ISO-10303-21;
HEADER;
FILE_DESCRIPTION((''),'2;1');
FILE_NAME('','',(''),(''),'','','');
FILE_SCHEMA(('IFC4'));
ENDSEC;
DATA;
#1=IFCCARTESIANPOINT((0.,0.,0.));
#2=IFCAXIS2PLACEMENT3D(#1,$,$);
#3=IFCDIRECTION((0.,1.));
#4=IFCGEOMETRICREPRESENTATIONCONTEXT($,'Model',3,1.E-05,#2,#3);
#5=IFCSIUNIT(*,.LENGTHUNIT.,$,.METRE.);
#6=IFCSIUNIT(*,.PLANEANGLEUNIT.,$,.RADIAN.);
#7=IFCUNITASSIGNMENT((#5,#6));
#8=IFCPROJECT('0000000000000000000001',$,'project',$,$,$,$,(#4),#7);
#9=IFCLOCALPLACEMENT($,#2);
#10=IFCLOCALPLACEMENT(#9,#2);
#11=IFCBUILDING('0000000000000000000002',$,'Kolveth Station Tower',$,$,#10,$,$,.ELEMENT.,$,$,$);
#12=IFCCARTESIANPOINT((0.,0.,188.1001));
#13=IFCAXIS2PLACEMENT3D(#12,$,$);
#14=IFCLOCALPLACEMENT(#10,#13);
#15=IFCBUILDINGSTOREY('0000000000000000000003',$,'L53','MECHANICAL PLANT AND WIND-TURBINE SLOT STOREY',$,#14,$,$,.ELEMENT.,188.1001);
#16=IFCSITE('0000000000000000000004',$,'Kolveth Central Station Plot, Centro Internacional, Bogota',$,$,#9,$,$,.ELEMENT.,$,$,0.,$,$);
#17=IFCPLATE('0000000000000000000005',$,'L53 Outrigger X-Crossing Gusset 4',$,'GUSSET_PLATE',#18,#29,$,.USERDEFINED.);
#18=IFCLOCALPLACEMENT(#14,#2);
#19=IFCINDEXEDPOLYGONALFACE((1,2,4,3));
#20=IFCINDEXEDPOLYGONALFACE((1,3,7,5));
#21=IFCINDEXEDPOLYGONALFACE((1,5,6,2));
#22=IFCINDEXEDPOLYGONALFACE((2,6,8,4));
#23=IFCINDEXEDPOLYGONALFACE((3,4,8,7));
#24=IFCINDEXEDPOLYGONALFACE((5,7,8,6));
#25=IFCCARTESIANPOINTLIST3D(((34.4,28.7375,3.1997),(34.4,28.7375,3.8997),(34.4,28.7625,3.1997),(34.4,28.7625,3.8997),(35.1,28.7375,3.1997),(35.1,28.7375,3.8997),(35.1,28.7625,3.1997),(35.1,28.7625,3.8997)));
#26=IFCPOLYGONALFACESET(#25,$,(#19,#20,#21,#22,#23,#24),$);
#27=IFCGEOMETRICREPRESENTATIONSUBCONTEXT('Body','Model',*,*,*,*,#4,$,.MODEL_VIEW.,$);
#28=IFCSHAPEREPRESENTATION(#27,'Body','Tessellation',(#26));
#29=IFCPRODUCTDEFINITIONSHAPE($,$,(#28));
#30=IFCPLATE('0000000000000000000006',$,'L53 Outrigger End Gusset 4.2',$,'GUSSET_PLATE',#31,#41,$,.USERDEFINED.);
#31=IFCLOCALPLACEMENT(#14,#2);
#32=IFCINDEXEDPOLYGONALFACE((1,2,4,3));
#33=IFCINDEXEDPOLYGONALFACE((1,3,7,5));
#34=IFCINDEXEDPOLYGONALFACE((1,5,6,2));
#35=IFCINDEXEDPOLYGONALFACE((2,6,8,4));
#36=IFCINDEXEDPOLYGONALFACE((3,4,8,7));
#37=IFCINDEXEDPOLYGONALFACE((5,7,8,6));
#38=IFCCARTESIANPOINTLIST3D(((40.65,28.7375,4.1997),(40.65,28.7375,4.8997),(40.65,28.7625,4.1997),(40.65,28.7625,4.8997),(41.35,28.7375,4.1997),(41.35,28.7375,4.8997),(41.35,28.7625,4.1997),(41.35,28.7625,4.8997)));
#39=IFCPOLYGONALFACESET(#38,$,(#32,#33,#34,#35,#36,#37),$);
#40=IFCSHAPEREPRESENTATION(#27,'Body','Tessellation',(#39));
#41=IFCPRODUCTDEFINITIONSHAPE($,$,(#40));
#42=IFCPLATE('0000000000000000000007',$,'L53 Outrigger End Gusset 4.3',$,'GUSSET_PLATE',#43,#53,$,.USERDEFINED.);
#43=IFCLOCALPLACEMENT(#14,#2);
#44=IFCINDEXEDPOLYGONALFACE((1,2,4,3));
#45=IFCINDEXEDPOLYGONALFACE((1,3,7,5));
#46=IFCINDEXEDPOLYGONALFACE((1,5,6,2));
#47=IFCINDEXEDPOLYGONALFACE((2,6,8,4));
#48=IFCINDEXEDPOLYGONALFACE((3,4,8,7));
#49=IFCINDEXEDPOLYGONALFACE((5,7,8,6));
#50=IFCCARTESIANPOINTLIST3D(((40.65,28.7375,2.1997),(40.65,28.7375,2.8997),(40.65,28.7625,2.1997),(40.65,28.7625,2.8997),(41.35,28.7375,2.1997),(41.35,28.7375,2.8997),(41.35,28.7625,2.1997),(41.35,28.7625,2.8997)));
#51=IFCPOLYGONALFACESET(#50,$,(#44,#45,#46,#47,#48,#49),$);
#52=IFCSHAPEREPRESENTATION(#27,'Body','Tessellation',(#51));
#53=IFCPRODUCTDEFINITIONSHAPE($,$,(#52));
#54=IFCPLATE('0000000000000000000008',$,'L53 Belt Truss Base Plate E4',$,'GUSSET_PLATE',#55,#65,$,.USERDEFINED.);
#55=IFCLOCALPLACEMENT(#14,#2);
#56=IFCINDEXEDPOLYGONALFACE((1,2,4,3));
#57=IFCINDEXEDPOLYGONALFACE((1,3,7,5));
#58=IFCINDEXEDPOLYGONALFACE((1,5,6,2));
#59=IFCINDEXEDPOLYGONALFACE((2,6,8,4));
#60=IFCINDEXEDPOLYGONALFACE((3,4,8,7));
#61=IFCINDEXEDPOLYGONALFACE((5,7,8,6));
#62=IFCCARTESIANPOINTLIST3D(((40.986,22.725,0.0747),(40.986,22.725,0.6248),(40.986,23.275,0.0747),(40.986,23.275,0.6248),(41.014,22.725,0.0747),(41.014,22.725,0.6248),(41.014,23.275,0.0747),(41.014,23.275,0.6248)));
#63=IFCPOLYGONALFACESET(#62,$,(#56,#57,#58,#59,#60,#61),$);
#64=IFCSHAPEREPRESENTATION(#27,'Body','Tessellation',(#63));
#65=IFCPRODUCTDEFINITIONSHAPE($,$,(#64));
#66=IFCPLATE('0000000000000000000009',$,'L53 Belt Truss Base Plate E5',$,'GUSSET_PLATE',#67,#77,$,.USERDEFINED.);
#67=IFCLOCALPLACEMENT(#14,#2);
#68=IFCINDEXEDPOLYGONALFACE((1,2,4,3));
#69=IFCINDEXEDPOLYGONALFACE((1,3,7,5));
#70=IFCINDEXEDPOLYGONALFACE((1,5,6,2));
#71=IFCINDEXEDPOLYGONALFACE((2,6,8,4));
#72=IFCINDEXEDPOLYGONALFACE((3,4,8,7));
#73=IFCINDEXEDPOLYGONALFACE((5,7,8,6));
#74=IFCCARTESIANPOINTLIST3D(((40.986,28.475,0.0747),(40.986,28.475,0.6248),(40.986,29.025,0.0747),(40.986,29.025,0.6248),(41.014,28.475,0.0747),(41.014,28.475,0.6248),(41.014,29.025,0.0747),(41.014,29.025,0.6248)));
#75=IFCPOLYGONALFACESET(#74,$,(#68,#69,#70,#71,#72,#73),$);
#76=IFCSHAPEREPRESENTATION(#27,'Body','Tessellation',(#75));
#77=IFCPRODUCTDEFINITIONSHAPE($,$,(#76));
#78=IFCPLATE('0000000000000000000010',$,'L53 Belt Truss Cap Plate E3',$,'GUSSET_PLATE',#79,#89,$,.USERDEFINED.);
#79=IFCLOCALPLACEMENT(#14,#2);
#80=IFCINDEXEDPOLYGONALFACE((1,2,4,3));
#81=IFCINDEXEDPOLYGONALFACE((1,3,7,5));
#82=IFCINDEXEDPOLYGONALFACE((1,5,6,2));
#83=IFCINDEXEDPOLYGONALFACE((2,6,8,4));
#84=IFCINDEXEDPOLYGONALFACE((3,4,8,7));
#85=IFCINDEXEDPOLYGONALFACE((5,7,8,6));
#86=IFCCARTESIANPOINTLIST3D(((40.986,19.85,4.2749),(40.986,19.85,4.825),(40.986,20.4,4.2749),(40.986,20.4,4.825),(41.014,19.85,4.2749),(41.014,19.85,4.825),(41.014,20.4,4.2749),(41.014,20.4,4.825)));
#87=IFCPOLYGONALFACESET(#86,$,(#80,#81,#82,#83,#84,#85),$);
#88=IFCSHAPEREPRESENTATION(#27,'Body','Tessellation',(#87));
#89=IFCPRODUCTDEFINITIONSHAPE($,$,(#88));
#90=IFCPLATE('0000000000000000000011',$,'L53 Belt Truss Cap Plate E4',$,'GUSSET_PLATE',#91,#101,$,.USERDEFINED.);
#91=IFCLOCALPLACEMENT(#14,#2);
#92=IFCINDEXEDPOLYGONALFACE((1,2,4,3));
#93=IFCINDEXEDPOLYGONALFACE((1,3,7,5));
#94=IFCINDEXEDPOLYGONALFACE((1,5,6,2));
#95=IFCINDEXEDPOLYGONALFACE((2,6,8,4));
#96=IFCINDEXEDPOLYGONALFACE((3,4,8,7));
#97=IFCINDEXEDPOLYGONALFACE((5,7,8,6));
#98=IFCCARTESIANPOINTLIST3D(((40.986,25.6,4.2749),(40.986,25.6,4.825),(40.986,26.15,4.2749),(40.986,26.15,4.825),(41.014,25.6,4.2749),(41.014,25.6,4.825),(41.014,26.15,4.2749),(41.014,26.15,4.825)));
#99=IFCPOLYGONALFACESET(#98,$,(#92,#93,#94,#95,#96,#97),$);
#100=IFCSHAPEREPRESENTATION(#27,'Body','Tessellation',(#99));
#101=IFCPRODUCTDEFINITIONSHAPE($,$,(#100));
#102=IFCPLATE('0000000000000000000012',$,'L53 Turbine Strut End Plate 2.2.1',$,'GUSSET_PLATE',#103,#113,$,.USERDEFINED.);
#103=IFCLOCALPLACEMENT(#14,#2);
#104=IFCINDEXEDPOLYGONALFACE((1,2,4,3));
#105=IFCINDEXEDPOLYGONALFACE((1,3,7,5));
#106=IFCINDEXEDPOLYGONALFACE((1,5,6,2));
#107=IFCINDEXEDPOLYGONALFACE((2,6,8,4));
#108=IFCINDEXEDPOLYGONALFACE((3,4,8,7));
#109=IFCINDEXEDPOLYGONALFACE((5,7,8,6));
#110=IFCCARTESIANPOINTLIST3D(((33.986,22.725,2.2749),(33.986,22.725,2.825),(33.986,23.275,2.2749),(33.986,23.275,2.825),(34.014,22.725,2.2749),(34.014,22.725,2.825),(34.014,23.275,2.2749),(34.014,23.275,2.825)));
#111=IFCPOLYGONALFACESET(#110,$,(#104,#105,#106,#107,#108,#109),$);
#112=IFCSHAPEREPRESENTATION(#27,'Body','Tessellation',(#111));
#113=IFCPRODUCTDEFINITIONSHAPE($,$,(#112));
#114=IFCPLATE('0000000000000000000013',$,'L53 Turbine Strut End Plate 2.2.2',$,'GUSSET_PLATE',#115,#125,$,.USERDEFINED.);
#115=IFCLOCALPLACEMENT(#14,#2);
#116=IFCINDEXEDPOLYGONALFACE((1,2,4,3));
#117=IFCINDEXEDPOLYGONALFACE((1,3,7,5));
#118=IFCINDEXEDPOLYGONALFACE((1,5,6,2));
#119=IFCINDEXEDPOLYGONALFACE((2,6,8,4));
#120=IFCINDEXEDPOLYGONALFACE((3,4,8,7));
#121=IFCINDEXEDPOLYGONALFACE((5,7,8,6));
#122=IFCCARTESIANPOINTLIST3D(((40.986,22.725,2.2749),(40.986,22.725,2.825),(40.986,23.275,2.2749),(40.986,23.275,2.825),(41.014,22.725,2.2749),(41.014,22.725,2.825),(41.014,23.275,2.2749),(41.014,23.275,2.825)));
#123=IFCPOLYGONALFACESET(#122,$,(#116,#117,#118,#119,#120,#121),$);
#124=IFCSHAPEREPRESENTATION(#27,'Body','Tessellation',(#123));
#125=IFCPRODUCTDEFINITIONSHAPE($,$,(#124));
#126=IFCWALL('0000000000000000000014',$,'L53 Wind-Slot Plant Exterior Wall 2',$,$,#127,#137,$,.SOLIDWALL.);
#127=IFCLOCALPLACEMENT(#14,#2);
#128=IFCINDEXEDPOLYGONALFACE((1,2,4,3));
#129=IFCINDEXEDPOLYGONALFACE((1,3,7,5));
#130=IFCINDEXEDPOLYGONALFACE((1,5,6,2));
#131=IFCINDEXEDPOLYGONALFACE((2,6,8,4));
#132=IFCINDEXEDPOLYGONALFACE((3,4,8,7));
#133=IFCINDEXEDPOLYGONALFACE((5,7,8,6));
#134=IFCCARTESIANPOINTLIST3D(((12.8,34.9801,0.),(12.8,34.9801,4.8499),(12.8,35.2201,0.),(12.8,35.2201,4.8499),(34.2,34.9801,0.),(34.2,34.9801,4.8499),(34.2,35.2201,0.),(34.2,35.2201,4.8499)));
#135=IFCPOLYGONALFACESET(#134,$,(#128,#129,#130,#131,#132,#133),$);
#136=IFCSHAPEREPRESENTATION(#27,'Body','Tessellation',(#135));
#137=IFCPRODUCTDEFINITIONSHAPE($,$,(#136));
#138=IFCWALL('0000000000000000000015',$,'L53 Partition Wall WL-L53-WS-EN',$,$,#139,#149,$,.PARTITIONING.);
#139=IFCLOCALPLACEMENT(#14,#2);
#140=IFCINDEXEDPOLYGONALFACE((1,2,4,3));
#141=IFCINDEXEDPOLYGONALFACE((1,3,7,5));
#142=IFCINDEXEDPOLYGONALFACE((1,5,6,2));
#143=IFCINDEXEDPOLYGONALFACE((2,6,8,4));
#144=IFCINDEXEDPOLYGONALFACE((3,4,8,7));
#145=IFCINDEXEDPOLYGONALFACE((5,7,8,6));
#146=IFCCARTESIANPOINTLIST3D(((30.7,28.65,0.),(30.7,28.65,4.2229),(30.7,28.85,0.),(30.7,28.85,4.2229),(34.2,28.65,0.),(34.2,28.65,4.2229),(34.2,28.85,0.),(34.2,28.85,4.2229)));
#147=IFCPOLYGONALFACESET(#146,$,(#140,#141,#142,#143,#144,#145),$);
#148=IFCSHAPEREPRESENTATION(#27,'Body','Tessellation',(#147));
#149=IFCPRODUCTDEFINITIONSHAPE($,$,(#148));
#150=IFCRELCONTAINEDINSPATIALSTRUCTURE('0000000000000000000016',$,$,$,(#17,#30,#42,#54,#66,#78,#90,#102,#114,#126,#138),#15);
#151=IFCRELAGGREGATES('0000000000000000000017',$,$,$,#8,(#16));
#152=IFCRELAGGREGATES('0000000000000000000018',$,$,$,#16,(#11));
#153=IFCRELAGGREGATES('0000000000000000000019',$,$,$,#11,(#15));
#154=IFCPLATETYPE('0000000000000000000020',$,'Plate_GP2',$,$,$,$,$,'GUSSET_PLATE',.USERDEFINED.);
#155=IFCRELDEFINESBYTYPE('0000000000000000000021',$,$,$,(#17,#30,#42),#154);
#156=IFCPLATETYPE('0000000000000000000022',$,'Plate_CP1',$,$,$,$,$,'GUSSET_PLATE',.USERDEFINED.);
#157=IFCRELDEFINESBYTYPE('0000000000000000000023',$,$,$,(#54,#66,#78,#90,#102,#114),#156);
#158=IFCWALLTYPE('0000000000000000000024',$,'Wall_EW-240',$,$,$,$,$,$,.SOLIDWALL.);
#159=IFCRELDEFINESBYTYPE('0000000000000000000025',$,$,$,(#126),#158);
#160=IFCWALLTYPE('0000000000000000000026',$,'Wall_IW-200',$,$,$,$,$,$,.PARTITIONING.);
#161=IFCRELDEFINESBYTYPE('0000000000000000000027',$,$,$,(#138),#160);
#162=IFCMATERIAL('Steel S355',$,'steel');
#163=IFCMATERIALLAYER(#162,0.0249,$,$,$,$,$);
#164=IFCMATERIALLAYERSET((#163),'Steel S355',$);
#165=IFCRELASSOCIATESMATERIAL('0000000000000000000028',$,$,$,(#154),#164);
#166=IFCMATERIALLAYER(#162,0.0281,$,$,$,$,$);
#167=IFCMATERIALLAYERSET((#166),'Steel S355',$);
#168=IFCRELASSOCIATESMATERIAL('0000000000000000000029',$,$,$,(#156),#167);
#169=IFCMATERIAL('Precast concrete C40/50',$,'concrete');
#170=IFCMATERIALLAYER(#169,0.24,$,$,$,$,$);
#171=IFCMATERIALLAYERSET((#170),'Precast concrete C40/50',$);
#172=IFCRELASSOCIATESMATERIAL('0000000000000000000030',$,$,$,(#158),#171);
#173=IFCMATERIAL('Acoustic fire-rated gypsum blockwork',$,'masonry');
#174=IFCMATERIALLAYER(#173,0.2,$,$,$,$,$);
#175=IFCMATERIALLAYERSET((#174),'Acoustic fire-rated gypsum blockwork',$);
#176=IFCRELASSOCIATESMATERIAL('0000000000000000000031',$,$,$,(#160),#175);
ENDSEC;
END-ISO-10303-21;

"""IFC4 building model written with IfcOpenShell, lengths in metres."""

from ifc_helpers import new_model, si_unit, direction, frame, frame_2d, origin, origin_2d, place, context, subcontext, project, spatial, rectangle, extrude, source, transform, mapped, material, layer, layer_set, type_object, element, save


model = new_model("IFC4")

# Units and contexts
model_context = context("Model", 3, precision=1e-05, world=origin(), true_north=direction((0.0, 1.0)))
body_context = subcontext(model_context, "Body", "Model", "MODEL_VIEW")
ifc_project = project(units=[si_unit("LENGTHUNIT", "METRE"), si_unit("PLANEANGLEUNIT", "RADIAN")], contexts=[model_context])

# Site, building, storey
site_placement = place(None, origin())
site = spatial("IfcSite", under=ifc_project, at=site_placement, Name="Kolveth Central Station Plot, Centro Internacional, Bogota", CompositionType="ELEMENT", RefElevation=0.0)
building_placement = place(site_placement, origin())
building = spatial("IfcBuilding", under=site, at=building_placement, Name="Kolveth Station Tower", CompositionType="ELEMENT")
storey_placement = place(building_placement, frame((0.0, 0.0, 188.1001)))
storey = spatial("IfcBuildingStorey", under=building, at=storey_placement, Name="L53", Description="MECHANICAL PLANT AND WIND-TURBINE SLOT STOREY", CompositionType="ELEMENT", Elevation=188.1001)

# Shared definitions
ifc_material_1 = material(Name="Steel S355", Category="steel")

# Plates
ifc_layer_1 = layer(ifc_material_1, 0.0249)
ifc_layer_set_1 = layer_set([ifc_layer_1], Name="Steel S355")
plate_type_1 = type_object("IfcPlateType", Name="Plate_GP2", ElementType="GUSSET_PLATE", PredefinedType="USERDEFINED", material=ifc_layer_set_1)
shared_shape_1 = source(origin(), body_context, "Body", "SweptSolid", [
    extrude(rectangle(XDim=0.7, YDim=0.0249, at=origin_2d()), origin(), (0.0, 0.0, 1.0), 0.7),
])
for number, where, z_axis, x_axis, name in (
    (1, (34.75, 28.75, 3.1997), (0.0, 0.0, 1.0), (1.0, 0.0, 0.0), "L53 Outrigger X-Crossing Gusset 4"),
    (2, (41.0, 28.75, 4.1997), (0.0, 0.0, 1.0), (1.0, 0.0, 0.0), "L53 Outrigger End Gusset 4.2"),
    (3, (41.0, 28.75, 2.1997), (0.0, 0.0, 1.0), (1.0, 0.0, 0.0), "L53 Outrigger End Gusset 4.3"),
):
    element("IfcPlate", number, at=place(storey_placement, frame(where, z_axis=z_axis, x_axis=x_axis)), inside=storey, type_object=plate_type_1, Name=name, ObjectType="GUSSET_PLATE", PredefinedType="USERDEFINED", context=body_context, shape_type="MappedRepresentation", body=[
        mapped(shared_shape_1, transform((0.0, 0.0, 0.0), x_axis=(1.0, 0.0, 0.0), y_axis=(0.0, 1.0, 0.0), z_axis=(0.0, 0.0, 1.0), scale=1.0)),
    ])
ifc_layer_2 = layer(ifc_material_1, 0.0281)
ifc_layer_set_2 = layer_set([ifc_layer_2], Name="Steel S355")
plate_type_2 = type_object("IfcPlateType", Name="Plate_CP1", ElementType="GUSSET_PLATE", PredefinedType="USERDEFINED", material=ifc_layer_set_2)
shared_shape_2 = source(origin(), body_context, "Body", "SweptSolid", [
    extrude(rectangle(XDim=0.0281, YDim=0.55, at=origin_2d()), origin(), (0.0, 0.0, 1.0), 0.55),
])
for number, where, z_axis, x_axis, name in (
    (4, (41.0, 23.0, 0.0747), (0.0, 0.0, 1.0), (1.0, 0.0, 0.0), "L53 Belt Truss Base Plate E4"),
    (5, (41.0, 28.75, 0.0747), (0.0, 0.0, 1.0), (1.0, 0.0, 0.0), "L53 Belt Truss Base Plate E5"),
    (6, (41.0, 20.125, 4.2749), (0.0, 0.0, 1.0), (1.0, 0.0, 0.0), "L53 Belt Truss Cap Plate E3"),
    (7, (41.0, 25.875, 4.2749), (0.0, 0.0, 1.0), (1.0, 0.0, 0.0), "L53 Belt Truss Cap Plate E4"),
    (8, (34.0, 23.0, 2.2749), (0.0, 0.0, 1.0), (1.0, 0.0, 0.0), "L53 Turbine Strut End Plate 2.2.1"),
    (9, (41.0, 23.0, 2.2749), (0.0, 0.0, 1.0), (1.0, 0.0, 0.0), "L53 Turbine Strut End Plate 2.2.2"),
):
    element("IfcPlate", number, at=place(storey_placement, frame(where, z_axis=z_axis, x_axis=x_axis)), inside=storey, type_object=plate_type_2, Name=name, ObjectType="GUSSET_PLATE", PredefinedType="USERDEFINED", context=body_context, shape_type="MappedRepresentation", body=[
        mapped(shared_shape_2, transform((0.0, 0.0, 0.0), x_axis=(1.0, 0.0, 0.0), y_axis=(0.0, 1.0, 0.0), z_axis=(0.0, 0.0, 1.0), scale=1.0)),
    ])

# Walls
ifc_material_2 = material(Name="Precast concrete C40/50", Category="concrete")
ifc_layer_3 = layer(ifc_material_2, 0.24)
ifc_layer_set_3 = layer_set([ifc_layer_3], Name="Precast concrete C40/50")
wall_type_1 = type_object("IfcWallType", Name="Wall_EW-240", PredefinedType="SOLIDWALL", material=ifc_layer_set_3)
wall_1_placement = place(storey_placement, frame((34.2, 35.1001, 0.0), z_axis=(0.0, 0.0, 1.0), x_axis=(-1.0, 0.0, 0.0)))
element("IfcWall", 10, at=wall_1_placement, inside=storey, type_object=wall_type_1, Name="L53 Wind-Slot Plant Exterior Wall 2", PredefinedType="SOLIDWALL", context=body_context, shape_type="SweptSolid", body=[
    extrude(rectangle(XDim=21.3999, YDim=0.24, at=frame_2d((10.7, 0.0))), origin(), (0.0, 0.0, 1.0), 4.8499),
])
ifc_material_3 = material(Name="Acoustic fire-rated gypsum blockwork", Category="masonry")
ifc_layer_4 = layer(ifc_material_3, 0.2)
ifc_layer_set_4 = layer_set([ifc_layer_4], Name="Acoustic fire-rated gypsum blockwork")
wall_type_2 = type_object("IfcWallType", Name="Wall_IW-200", PredefinedType="PARTITIONING", material=ifc_layer_set_4)
wall_2_placement = place(storey_placement, frame((30.7, 28.75, 0.0), z_axis=(0.0, 0.0, 1.0), x_axis=(1.0, 0.0, 0.0)))
element("IfcWall", 11, at=wall_2_placement, inside=storey, type_object=wall_type_2, Name="L53 Partition Wall WL-L53-WS-EN", PredefinedType="PARTITIONING", context=body_context, shape_type="SweptSolid", body=[
    extrude(rectangle(XDim=3.5, YDim=0.2, at=frame_2d((1.75, 0.0))), origin(), (0.0, 0.0, 1.0), 4.2229),
])

save(model, "model.ifc")
